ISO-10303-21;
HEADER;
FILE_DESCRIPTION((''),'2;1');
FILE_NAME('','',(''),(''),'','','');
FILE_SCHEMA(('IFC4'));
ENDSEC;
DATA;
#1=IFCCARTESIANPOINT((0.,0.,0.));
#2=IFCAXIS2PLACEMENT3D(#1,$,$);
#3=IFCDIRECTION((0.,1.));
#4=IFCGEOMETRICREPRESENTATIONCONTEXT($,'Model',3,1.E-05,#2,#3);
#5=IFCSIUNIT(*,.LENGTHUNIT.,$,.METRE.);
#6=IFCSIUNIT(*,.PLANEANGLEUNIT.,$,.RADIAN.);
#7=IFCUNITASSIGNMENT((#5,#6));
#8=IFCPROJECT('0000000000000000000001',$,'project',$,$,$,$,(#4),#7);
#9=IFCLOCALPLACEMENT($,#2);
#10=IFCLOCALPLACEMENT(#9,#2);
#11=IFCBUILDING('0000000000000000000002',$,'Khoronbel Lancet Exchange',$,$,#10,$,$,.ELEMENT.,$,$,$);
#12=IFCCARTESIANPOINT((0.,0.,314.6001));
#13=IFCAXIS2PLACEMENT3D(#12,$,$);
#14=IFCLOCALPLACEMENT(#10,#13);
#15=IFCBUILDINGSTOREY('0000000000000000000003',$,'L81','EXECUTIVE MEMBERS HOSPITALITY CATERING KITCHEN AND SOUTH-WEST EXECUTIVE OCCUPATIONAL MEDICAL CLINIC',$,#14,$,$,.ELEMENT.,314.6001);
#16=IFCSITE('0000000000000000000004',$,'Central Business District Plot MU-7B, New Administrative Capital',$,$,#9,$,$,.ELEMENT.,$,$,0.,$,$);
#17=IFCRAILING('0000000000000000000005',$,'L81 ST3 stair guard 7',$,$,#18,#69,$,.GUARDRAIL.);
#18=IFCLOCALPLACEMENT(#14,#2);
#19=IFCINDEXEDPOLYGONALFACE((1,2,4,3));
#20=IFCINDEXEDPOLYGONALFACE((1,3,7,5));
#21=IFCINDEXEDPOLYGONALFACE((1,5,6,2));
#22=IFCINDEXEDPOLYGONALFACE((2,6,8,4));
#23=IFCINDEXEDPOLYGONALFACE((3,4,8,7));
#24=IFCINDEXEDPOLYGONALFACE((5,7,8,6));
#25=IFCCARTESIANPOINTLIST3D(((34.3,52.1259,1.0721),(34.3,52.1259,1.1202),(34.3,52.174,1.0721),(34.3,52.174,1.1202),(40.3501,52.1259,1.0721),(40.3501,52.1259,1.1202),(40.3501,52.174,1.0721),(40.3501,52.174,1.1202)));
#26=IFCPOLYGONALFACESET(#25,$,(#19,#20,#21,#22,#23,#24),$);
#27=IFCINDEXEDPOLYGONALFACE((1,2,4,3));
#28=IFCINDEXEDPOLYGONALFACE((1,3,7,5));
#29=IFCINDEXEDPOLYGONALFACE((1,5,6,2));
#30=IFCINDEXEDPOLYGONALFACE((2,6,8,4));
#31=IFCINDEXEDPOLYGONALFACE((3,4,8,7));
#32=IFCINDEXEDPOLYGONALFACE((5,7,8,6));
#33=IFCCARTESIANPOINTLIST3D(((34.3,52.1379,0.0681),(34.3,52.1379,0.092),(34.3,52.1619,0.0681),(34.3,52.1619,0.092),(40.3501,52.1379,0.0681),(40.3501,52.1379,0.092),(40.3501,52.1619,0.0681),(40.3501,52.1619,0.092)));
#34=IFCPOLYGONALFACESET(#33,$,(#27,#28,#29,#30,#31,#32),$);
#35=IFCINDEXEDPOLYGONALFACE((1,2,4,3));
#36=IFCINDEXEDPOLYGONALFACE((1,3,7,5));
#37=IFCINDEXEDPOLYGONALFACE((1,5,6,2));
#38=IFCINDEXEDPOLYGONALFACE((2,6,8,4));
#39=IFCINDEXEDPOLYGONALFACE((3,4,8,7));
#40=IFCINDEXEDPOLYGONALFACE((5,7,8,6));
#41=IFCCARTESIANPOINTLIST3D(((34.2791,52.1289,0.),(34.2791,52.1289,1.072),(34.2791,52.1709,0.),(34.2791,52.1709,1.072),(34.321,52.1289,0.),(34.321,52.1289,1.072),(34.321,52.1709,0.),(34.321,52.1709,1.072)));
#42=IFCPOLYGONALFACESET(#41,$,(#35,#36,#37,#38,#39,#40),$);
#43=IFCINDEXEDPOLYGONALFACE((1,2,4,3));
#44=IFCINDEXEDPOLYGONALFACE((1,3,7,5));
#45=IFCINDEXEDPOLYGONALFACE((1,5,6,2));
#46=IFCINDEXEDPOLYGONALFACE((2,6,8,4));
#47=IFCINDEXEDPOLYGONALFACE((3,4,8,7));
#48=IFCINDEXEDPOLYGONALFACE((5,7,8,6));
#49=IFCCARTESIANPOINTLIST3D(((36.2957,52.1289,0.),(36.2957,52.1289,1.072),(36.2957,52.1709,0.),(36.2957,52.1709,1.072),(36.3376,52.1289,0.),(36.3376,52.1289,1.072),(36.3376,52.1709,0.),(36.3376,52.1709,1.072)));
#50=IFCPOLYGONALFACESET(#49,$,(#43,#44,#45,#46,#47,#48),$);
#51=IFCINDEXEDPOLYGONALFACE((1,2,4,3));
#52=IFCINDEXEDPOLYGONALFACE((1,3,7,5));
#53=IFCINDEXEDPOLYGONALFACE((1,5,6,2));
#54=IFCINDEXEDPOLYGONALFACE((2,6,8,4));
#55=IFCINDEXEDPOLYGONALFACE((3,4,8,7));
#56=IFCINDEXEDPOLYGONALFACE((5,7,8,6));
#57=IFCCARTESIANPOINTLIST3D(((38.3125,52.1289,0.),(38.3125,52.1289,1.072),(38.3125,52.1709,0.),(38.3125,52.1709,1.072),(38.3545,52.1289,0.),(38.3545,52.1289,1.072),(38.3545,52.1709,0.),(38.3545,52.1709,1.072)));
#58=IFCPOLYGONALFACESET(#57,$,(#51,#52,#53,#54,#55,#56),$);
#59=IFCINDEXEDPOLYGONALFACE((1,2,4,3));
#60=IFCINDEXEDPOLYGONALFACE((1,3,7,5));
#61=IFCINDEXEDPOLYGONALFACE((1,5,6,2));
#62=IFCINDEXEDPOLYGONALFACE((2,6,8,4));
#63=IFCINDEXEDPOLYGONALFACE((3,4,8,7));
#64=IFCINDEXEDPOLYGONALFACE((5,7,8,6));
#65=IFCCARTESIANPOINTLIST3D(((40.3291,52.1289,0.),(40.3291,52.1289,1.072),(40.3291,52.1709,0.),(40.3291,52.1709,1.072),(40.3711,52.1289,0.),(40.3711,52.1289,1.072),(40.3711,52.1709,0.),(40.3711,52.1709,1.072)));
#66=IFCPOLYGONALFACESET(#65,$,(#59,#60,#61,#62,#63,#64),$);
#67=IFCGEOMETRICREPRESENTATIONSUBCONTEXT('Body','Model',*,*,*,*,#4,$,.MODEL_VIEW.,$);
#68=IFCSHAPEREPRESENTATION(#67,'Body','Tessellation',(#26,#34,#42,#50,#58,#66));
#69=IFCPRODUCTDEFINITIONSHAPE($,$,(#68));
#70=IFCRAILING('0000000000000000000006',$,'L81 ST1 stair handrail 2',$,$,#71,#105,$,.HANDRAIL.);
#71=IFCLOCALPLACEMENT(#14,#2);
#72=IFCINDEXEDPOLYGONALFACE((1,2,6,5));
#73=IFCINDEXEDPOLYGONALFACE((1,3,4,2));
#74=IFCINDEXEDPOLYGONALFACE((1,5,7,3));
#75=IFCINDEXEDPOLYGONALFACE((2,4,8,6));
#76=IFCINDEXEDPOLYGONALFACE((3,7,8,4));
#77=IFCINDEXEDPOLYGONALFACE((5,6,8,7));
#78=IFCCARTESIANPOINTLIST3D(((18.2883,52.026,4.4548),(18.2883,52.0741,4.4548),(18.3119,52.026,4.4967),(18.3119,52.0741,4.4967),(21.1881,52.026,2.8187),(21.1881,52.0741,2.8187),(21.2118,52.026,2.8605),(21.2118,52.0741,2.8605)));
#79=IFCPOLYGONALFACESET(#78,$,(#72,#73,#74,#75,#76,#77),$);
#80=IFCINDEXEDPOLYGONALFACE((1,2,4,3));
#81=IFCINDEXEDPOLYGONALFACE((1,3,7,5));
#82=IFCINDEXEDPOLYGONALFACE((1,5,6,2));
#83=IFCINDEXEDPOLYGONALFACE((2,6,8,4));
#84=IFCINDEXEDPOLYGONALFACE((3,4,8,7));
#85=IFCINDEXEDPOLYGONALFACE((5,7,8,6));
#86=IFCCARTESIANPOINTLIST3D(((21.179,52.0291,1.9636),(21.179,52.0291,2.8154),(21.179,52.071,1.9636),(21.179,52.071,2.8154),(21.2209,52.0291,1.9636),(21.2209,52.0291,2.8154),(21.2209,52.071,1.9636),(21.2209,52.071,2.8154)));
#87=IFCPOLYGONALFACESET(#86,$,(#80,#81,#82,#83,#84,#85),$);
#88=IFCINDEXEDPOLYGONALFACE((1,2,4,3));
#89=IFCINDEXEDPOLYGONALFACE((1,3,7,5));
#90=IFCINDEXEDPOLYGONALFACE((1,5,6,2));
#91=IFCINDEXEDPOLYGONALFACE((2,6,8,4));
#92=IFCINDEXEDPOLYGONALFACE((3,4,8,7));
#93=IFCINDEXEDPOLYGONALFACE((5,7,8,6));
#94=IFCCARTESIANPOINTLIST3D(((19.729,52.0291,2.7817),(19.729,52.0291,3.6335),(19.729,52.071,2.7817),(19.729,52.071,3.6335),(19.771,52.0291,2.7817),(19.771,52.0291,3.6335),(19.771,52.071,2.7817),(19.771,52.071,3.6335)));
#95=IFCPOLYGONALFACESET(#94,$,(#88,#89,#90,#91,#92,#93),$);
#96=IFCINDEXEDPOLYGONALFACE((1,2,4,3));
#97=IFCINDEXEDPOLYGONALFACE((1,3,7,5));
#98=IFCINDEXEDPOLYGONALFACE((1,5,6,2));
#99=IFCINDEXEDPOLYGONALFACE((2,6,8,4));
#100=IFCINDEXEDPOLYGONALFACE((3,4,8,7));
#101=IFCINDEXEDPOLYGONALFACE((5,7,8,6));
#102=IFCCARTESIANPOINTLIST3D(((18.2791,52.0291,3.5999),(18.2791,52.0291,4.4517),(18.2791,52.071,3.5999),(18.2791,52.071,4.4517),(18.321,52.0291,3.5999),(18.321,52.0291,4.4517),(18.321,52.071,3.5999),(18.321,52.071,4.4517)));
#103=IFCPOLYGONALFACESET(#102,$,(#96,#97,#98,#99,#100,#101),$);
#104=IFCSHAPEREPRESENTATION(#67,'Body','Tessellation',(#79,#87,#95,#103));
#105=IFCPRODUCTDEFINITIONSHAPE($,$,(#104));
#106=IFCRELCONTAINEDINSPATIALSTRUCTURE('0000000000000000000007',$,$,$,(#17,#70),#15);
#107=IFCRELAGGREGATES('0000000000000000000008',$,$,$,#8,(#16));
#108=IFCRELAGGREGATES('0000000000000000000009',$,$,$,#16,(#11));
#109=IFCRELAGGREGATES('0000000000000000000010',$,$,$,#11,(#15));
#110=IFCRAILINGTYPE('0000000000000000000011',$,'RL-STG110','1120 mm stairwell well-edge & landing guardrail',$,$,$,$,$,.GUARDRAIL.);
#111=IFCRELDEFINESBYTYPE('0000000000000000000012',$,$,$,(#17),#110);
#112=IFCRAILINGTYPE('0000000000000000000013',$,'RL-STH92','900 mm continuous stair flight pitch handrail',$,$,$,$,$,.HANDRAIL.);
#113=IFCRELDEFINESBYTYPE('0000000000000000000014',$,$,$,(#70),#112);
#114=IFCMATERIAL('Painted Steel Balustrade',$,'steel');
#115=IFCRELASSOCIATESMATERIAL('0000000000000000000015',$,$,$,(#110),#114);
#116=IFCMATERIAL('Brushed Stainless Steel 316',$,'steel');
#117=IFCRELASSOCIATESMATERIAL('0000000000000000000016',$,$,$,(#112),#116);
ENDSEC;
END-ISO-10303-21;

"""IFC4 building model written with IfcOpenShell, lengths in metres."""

from ifc_helpers import new_model, si_unit, direction, frame, origin, origin_2d, place, context, subcontext, project, spatial, rectangle, extrude, material, type_object, element, save


model = new_model("IFC4")

# Units and contexts
model_context = context("Model", 3, precision=1e-05, world=origin(), true_north=direction((0.0, 1.0)))
body_context = subcontext(model_context, "Body", "Model", "MODEL_VIEW")
ifc_project = project(units=[si_unit("LENGTHUNIT", "METRE"), si_unit("PLANEANGLEUNIT", "RADIAN")], contexts=[model_context])

# Site, building, storey
site_placement = place(None, origin())
site = spatial("IfcSite", under=ifc_project, at=site_placement, Name="Central Business District Plot MU-7B, New Administrative Capital", CompositionType="ELEMENT", RefElevation=0.0)
building_placement = place(site_placement, origin())
building = spatial("IfcBuilding", under=site, at=building_placement, Name="Khoronbel Lancet Exchange", CompositionType="ELEMENT")
storey_placement = place(building_placement, frame((0.0, 0.0, 314.6001)))
storey = spatial("IfcBuildingStorey", under=building, at=storey_placement, Name="L81", Description="EXECUTIVE MEMBERS HOSPITALITY CATERING KITCHEN AND SOUTH-WEST EXECUTIVE OCCUPATIONAL MEDICAL CLINIC", CompositionType="ELEMENT", Elevation=314.6001)

# Railings
ifc_material_1 = material(Name="Painted Steel Balustrade", Category="steel")
railing_type_1 = type_object("IfcRailingType", Name="RL-STG110", Description="1120 mm stairwell well-edge & landing guardrail", PredefinedType="GUARDRAIL", material=ifc_material_1)
railing_1_placement = place(storey_placement, frame((34.3, 52.1499, 0.0)))
element("IfcRailing", 1, at=railing_1_placement, inside=storey, type_object=railing_type_1, Name="L81 ST3 stair guard 7", PredefinedType="GUARDRAIL", context=body_context, shape_type="SweptSolid", body=[
    extrude(rectangle(XDim=0.0481, YDim=0.0481, at=origin_2d()), frame((0.0, 0.0, 1.0962), z_axis=(1.0, 0.0, 0.0), x_axis=(0.0, 1.0, 0.0)), (0.0, 0.0, 1.0), 6.05),
    extrude(rectangle(XDim=0.0239, YDim=0.0239, at=origin_2d()), frame((0.0, 0.0, 0.0801), z_axis=(1.0, 0.0, 0.0), x_axis=(0.0, 1.0, 0.0)), (0.0, 0.0, 1.0), 6.05),
    extrude(rectangle(XDim=0.042, YDim=0.042, at=origin_2d()), origin(), (0.0, 0.0, 1.0), 1.072),
    extrude(rectangle(XDim=0.042, YDim=0.042, at=origin_2d()), frame((2.0166, 0.0, 0.0)), (0.0, 0.0, 1.0), 1.072),
    extrude(rectangle(XDim=0.042, YDim=0.042, at=origin_2d()), frame((4.0334, 0.0, 0.0)), (0.0, 0.0, 1.0), 1.072),
    extrude(rectangle(XDim=0.042, YDim=0.042, at=origin_2d()), frame((6.05, 0.0, 0.0)), (0.0, 0.0, 1.0), 1.072),
])
ifc_material_2 = material(Name="Brushed Stainless Steel 316", Category="steel")
railing_type_2 = type_object("IfcRailingType", Name="RL-STH92", Description="900 mm continuous stair flight pitch handrail", PredefinedType="HANDRAIL", material=ifc_material_2)
railing_2_placement = place(storey_placement, frame((21.2, 52.05, 1.9636)))
element("IfcRailing", 2, at=railing_2_placement, inside=storey, type_object=railing_type_2, Name="L81 ST1 stair handrail 2", PredefinedType="HANDRAIL", context=body_context, shape_type="SweptSolid", body=[
    extrude(rectangle(XDim=0.0481, YDim=0.0481, at=origin_2d()), frame((0.0, 0.0, 0.876), z_axis=(-0.870929, 0.0, 0.49141), x_axis=(0.0, -1.0, 0.0)), (0.0, 0.0, 1.0), 3.3296),
    extrude(rectangle(XDim=0.042, YDim=0.042, at=origin_2d()), origin(), (0.0, 0.0, 1.0), 0.8518),
    extrude(rectangle(XDim=0.042, YDim=0.042, at=origin_2d()), frame((-1.45, 0.0, 0.8181)), (0.0, 0.0, 1.0), 0.8518),
    extrude(rectangle(XDim=0.042, YDim=0.042, at=origin_2d()), frame((-2.8999, 0.0, 1.6362)), (0.0, 0.0, 1.0), 0.8518),
])

save(model, "model.ifc")
